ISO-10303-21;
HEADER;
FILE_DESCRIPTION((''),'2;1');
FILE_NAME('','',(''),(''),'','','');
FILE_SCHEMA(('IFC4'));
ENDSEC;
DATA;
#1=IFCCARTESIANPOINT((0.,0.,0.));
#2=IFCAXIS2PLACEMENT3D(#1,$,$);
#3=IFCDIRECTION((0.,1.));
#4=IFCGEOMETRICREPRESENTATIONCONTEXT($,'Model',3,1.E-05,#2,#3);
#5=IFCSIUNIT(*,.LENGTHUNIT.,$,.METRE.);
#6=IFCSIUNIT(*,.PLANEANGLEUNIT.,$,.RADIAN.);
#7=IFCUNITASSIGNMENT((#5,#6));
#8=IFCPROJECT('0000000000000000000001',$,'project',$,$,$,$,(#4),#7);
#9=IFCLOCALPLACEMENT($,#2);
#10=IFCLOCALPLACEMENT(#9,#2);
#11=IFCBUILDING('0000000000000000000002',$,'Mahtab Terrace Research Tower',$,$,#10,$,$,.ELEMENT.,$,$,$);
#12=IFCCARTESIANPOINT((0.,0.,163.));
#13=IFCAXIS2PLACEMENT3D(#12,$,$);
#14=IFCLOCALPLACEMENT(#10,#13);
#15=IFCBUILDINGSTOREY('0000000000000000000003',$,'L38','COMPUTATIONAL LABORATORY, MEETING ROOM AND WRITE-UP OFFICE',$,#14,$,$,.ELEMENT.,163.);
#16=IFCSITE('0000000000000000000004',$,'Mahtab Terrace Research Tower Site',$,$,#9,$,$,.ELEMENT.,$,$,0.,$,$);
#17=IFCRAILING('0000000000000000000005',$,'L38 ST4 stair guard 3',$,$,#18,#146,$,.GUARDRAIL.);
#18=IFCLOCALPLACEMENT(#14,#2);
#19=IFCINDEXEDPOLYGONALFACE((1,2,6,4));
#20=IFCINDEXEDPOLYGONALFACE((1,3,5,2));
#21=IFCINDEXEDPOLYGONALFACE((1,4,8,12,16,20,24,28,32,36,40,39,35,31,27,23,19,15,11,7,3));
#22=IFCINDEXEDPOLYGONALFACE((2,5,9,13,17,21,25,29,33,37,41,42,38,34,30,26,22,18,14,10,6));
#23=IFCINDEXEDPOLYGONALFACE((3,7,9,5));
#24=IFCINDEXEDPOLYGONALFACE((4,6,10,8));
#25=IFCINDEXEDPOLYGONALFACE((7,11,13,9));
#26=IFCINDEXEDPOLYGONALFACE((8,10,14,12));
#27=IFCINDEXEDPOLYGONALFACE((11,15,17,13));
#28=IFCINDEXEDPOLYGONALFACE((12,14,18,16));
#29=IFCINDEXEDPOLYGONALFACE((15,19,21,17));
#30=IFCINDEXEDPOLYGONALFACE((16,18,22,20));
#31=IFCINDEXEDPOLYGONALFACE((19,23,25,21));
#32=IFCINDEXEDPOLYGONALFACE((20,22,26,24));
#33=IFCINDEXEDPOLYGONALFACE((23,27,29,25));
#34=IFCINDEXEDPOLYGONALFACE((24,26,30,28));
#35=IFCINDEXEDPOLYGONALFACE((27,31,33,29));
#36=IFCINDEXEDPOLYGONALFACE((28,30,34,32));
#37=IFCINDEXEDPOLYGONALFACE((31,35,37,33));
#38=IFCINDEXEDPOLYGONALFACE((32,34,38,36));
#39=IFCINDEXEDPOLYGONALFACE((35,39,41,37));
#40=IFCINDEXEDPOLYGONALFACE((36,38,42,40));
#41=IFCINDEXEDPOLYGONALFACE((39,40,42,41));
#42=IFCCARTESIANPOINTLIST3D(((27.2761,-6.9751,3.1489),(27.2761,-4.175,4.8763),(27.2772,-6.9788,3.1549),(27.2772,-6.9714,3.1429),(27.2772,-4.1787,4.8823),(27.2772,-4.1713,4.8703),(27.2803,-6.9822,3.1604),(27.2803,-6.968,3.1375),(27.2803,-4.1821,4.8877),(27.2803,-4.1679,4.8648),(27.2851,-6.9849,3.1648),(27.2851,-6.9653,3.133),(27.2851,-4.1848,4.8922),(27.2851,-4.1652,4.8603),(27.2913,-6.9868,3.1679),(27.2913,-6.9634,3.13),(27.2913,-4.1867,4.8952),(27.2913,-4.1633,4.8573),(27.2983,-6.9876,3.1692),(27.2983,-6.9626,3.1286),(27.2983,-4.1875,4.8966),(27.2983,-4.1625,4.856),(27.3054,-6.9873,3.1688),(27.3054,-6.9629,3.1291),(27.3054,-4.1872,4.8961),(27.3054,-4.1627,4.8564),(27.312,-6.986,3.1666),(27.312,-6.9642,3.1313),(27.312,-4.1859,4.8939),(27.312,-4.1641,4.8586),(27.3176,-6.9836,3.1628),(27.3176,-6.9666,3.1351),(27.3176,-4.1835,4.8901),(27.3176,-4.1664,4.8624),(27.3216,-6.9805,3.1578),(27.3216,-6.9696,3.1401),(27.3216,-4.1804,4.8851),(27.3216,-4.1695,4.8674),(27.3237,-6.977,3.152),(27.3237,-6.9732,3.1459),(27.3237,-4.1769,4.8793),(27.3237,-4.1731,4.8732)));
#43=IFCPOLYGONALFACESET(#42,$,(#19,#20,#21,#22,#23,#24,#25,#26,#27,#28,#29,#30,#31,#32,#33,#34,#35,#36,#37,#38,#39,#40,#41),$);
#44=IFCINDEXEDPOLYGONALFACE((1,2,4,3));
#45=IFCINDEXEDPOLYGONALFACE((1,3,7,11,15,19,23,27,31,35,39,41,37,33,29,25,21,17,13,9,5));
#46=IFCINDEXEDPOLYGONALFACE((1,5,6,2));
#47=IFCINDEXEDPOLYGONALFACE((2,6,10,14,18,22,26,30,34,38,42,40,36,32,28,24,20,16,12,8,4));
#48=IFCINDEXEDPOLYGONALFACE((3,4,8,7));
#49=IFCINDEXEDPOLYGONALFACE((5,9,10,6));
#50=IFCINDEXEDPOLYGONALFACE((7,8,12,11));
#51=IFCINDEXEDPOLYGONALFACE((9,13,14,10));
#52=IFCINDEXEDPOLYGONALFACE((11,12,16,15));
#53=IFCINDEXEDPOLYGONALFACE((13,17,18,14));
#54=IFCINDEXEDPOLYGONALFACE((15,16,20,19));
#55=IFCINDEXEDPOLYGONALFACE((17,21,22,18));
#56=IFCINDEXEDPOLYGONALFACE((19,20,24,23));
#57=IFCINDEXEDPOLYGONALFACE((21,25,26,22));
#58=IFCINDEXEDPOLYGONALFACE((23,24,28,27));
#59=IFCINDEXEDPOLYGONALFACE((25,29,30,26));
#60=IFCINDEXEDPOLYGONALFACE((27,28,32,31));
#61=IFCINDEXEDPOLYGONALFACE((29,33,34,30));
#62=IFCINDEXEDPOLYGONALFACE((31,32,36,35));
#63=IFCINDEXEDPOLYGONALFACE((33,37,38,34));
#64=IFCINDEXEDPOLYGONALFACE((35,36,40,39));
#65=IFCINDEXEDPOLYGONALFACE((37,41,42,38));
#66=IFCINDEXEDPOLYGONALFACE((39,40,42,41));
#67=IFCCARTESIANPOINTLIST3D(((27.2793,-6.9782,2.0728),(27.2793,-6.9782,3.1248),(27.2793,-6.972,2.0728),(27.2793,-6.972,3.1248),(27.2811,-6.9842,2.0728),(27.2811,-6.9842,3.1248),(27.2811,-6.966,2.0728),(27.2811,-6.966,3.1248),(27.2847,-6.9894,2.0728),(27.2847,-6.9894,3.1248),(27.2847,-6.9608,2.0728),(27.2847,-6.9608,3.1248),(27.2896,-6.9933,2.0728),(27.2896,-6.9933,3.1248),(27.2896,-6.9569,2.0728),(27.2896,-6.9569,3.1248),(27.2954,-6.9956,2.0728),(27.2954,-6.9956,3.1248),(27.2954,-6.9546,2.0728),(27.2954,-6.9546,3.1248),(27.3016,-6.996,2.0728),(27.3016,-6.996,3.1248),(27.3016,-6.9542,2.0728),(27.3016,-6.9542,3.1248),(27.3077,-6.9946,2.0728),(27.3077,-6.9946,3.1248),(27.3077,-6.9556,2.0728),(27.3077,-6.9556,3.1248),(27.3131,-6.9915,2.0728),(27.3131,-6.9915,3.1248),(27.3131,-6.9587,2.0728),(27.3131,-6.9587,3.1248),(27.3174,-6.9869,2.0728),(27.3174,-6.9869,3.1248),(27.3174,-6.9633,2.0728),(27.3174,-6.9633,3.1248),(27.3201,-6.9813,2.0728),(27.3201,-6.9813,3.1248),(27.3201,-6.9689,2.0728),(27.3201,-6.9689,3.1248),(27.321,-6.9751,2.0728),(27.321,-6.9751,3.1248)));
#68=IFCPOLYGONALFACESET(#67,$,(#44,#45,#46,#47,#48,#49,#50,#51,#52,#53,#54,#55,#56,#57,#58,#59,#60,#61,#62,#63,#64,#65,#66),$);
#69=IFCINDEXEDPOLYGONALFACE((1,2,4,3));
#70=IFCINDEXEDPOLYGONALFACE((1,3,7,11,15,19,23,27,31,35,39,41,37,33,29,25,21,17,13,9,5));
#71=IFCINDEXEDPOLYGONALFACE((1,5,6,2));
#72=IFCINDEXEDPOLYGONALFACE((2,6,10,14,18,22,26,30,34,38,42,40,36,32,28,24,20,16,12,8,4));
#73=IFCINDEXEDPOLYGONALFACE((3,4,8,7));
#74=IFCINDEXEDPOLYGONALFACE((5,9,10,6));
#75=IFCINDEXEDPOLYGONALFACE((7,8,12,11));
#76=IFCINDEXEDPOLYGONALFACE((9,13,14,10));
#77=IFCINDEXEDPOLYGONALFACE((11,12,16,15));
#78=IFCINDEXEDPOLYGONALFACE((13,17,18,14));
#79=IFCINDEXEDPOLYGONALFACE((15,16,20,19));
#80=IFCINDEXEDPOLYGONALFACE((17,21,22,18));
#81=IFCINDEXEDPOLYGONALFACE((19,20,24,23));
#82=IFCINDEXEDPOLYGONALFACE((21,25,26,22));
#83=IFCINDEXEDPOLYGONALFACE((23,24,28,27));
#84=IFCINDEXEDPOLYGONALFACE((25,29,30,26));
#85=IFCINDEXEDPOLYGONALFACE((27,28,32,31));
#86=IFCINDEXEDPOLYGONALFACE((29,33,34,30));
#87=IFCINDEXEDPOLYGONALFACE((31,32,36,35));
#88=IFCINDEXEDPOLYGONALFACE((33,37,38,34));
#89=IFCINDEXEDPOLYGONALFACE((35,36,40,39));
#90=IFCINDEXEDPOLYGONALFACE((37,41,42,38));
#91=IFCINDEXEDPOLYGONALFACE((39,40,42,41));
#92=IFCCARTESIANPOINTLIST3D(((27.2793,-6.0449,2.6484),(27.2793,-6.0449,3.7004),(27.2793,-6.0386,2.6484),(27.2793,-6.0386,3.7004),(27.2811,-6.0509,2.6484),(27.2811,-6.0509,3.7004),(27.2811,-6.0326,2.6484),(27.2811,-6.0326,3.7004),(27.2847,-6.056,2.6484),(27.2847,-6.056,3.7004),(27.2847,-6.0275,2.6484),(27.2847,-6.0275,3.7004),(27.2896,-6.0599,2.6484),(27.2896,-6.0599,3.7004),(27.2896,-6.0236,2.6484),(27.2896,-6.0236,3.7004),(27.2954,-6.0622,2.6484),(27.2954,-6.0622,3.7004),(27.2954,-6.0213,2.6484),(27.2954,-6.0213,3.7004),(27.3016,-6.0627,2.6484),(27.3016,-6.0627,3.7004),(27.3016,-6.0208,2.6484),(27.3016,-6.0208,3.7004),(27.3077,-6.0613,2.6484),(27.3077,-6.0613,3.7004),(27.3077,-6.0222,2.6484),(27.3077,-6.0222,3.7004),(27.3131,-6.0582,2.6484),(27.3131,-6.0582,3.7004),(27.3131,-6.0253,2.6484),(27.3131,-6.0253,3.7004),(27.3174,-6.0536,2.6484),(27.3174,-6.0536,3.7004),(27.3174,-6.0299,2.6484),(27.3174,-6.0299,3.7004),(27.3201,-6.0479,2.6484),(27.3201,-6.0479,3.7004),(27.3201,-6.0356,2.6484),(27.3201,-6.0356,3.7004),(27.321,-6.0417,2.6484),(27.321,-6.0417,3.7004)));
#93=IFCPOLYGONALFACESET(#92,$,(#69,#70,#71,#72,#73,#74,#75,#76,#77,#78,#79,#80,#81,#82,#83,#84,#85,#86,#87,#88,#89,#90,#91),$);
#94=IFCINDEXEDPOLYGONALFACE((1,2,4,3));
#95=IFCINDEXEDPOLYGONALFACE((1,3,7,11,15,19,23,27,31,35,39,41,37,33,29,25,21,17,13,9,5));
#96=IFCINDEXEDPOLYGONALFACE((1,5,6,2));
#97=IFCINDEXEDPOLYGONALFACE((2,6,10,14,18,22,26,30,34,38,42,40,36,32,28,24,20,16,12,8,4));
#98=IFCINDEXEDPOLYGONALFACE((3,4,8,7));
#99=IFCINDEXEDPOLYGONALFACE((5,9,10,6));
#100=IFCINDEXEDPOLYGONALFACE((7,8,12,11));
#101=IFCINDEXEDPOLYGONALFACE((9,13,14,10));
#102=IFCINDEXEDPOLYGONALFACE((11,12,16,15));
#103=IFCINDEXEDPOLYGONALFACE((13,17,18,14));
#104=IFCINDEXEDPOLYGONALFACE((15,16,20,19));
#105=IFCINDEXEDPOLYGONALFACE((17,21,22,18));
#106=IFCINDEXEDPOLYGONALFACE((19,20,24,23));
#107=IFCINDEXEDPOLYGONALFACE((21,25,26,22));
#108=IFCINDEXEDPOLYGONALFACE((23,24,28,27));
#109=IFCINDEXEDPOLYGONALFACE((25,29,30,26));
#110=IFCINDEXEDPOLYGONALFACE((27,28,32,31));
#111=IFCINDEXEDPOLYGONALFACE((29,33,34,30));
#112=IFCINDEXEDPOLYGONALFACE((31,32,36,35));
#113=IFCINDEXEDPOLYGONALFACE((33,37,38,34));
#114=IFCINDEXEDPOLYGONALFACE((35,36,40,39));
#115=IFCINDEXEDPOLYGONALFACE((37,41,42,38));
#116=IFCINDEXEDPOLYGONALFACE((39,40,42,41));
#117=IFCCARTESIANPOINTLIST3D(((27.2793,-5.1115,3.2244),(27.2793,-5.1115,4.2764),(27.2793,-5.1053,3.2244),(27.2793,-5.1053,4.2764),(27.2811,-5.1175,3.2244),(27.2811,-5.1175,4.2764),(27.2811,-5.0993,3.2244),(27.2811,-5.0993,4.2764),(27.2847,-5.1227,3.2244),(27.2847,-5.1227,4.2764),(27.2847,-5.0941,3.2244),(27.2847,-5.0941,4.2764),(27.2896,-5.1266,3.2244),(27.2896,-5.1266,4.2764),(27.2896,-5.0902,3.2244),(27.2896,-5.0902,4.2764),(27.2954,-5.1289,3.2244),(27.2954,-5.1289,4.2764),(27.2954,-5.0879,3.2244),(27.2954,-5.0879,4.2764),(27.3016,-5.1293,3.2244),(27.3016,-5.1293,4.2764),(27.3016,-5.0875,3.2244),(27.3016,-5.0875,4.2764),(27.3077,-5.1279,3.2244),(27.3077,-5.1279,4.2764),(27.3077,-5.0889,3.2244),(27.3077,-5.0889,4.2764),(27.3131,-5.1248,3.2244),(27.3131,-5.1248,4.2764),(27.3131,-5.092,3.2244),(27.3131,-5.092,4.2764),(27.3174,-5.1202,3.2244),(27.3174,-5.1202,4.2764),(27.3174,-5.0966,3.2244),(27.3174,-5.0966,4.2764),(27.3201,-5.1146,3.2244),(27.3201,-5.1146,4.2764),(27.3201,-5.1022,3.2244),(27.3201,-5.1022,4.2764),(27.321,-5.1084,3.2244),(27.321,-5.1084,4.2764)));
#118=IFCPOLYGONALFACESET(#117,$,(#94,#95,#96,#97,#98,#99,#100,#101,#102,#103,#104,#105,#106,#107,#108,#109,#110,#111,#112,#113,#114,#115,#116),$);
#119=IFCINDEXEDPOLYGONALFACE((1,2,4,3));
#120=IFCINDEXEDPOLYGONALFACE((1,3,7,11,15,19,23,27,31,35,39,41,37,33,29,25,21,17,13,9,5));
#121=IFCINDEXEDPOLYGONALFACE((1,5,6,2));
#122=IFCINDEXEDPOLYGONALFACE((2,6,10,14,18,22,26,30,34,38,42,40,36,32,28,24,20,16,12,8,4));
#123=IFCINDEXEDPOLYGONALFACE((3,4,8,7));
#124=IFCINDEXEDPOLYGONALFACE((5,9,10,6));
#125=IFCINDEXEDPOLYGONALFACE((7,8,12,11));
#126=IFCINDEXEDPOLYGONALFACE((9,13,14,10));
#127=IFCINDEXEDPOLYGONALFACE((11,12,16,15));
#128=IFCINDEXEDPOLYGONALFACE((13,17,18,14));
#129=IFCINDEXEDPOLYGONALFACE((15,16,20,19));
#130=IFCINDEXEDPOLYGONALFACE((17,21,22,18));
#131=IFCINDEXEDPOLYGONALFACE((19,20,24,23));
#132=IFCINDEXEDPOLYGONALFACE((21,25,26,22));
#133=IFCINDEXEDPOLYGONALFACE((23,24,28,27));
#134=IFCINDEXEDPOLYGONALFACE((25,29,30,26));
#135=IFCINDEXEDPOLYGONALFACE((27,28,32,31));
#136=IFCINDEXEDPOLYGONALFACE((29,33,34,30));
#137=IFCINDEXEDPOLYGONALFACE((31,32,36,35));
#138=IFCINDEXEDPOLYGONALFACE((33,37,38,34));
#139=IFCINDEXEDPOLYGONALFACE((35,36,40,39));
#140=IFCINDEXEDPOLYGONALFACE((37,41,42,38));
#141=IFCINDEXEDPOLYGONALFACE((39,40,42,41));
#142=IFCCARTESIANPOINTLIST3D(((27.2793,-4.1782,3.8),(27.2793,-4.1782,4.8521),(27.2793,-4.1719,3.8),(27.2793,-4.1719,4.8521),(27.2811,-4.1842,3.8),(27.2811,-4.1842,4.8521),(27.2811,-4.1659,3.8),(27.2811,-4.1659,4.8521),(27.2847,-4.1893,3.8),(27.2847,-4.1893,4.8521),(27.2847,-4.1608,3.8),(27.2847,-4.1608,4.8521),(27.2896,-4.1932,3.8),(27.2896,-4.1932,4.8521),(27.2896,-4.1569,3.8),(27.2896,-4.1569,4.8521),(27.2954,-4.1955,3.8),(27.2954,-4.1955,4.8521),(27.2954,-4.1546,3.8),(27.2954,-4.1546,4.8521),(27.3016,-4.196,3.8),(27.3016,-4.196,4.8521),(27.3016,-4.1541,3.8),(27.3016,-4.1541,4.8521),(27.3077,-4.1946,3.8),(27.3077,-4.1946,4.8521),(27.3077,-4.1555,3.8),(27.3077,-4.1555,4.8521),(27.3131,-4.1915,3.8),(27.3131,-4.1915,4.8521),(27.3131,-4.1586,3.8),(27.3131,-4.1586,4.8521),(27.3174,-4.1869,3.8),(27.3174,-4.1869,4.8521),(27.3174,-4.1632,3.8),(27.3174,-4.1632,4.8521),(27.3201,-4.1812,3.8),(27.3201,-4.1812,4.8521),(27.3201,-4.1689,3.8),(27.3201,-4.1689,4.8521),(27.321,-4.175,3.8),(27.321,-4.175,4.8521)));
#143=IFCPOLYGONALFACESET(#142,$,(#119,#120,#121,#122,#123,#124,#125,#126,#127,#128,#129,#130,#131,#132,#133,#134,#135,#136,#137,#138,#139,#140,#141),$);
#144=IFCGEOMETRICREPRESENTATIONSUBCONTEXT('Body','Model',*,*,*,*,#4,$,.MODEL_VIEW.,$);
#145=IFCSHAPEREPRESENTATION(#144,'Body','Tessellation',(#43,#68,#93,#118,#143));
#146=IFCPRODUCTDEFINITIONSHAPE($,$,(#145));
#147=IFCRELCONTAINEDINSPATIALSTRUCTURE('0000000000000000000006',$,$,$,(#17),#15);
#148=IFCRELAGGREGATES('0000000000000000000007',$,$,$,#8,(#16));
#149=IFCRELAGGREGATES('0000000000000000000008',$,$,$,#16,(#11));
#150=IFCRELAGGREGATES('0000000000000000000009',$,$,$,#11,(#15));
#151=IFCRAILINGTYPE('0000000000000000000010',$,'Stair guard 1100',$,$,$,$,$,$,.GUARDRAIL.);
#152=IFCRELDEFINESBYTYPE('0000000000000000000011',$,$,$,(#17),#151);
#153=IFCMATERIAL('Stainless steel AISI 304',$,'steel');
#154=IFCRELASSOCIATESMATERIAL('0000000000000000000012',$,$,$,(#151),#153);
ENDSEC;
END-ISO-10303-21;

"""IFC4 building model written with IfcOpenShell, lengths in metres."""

from ifc_helpers import new_model, si_unit, direction, frame, origin, origin_2d, place, context, subcontext, project, spatial, circle, extrude, material, type_object, element, save


model = new_model("IFC4")

# Units and contexts
model_context = context("Model", 3, precision=1e-05, world=origin(), true_north=direction((0.0, 1.0)))
body_context = subcontext(model_context, "Body", "Model", "MODEL_VIEW")
ifc_project = project(units=[si_unit("LENGTHUNIT", "METRE"), si_unit("PLANEANGLEUNIT", "RADIAN")], contexts=[model_context])

# Site, building, storey
site_placement = place(None, origin())
site = spatial("IfcSite", under=ifc_project, at=site_placement, Name="Mahtab Terrace Research Tower Site", CompositionType="ELEMENT", RefElevation=0.0)
building_placement = place(site_placement, origin())
building = spatial("IfcBuilding", under=site, at=building_placement, Name="Mahtab Terrace Research Tower", CompositionType="ELEMENT")
storey_placement = place(building_placement, frame((0.0, 0.0, 163.0)))
storey = spatial("IfcBuildingStorey", under=building, at=storey_placement, Name="L38", Description="COMPUTATIONAL LABORATORY, MEETING ROOM AND WRITE-UP OFFICE", CompositionType="ELEMENT", Elevation=163.0)

# Railing
ifc_material_1 = material(Name="Stainless steel AISI 304", Category="steel")
railing_type_1 = type_object("IfcRailingType", Name="Stair guard 1100", PredefinedType="GUARDRAIL", material=ifc_material_1)
railing_1_placement = place(storey_placement, frame((27.3, -6.9751, 2.0728)))
element("IfcRailing", 1, at=railing_1_placement, inside=storey, type_object=railing_type_1, Name="L38 ST4 stair guard 3", PredefinedType="GUARDRAIL", context=body_context, shape_type="SweptSolid", body=[
    extrude(circle(Radius=0.0239, at=origin_2d()), frame((0.0, 0.0, 1.0762), z_axis=(0.0, 0.85109, 0.52502), x_axis=(-1.0, 0.0, 0.0)), (0.0, 0.0, 1.0), 3.29),
    extrude(circle(Radius=0.021, at=origin_2d()), origin(), (0.0, 0.0, 1.0), 1.052),
    extrude(circle(Radius=0.021, at=origin_2d()), frame((0.0, 0.9333, 0.5757)), (0.0, 0.0, 1.0), 1.052),
    extrude(circle(Radius=0.021, at=origin_2d()), frame((0.0, 1.8667, 1.1516)), (0.0, 0.0, 1.0), 1.052),
    extrude(circle(Radius=0.021, at=origin_2d()), frame((0.0, 2.8, 1.7273)), (0.0, 0.0, 1.0), 1.052),
])

save(model, "model.ifc")
